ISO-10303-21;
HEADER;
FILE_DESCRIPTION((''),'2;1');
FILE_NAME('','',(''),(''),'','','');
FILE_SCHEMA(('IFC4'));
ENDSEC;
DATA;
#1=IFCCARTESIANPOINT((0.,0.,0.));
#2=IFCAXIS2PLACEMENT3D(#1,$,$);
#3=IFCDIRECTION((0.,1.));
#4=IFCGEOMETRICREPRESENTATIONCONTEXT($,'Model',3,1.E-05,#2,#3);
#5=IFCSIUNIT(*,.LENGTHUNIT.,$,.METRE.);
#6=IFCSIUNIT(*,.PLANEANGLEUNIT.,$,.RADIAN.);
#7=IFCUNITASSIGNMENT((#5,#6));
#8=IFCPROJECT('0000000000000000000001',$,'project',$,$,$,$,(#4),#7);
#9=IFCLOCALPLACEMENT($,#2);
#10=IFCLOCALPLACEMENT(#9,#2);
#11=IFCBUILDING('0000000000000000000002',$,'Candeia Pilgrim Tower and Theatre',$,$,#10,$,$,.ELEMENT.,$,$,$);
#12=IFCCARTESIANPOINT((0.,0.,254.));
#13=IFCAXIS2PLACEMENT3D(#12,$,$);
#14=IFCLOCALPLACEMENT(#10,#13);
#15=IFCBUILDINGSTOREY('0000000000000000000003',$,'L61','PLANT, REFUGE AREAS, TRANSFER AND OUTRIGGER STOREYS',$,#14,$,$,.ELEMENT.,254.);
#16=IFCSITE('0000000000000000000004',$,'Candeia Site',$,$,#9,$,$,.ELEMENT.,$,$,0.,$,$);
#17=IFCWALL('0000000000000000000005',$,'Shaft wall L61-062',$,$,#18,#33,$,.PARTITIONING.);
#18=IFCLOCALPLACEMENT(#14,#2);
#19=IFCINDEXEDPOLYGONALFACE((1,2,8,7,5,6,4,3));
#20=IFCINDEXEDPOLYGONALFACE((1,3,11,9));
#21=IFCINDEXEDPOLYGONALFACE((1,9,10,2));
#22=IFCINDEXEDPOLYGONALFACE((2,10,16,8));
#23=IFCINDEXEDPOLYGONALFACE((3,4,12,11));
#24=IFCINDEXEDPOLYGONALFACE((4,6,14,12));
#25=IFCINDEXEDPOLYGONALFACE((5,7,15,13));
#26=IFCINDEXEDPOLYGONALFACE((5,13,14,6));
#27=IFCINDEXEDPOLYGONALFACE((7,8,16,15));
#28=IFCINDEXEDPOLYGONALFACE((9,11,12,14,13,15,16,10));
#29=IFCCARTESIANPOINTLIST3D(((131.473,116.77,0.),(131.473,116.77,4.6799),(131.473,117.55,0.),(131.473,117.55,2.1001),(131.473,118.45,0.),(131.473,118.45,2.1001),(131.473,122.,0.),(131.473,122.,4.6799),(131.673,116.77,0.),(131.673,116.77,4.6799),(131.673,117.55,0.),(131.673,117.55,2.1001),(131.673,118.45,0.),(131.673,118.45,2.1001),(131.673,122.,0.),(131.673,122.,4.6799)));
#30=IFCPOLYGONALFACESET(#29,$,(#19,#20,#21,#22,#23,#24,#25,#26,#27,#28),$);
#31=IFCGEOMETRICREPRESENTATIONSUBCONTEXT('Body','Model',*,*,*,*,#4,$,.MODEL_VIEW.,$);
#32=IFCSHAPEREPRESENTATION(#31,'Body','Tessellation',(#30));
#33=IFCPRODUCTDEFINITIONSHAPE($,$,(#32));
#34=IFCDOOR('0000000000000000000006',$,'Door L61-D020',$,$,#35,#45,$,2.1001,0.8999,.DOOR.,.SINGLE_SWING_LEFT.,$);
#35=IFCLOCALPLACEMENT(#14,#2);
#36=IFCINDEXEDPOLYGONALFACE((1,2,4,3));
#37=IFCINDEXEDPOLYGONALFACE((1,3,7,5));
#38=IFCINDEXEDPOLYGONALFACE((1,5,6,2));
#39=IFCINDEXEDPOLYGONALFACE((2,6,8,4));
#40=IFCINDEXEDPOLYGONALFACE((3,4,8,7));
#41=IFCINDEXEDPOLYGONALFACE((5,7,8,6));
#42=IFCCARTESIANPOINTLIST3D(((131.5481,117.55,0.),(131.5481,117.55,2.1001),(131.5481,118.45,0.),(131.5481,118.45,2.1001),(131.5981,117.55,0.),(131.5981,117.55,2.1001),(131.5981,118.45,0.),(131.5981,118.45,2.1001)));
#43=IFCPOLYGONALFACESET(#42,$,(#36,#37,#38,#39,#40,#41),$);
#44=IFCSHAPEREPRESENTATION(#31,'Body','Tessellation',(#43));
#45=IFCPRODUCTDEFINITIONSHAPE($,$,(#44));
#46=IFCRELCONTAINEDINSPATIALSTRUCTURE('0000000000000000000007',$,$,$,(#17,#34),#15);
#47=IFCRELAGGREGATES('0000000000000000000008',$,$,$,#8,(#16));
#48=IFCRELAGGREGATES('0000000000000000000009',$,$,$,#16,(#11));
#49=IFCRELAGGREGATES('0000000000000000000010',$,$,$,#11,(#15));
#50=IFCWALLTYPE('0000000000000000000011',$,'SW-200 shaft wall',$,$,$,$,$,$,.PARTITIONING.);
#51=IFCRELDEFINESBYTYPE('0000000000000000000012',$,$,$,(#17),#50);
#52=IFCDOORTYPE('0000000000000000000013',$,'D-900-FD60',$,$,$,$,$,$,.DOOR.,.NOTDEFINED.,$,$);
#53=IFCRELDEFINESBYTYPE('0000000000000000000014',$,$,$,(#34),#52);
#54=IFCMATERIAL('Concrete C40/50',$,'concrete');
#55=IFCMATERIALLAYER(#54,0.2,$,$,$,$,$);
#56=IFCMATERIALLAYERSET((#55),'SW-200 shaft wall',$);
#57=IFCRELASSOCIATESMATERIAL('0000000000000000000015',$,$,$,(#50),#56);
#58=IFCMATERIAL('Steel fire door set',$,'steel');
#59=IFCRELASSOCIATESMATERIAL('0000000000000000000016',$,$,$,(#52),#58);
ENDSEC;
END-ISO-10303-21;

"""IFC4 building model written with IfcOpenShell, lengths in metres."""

from ifc_helpers import new_model, si_unit, direction, frame, frame_2d, origin, place, context, subcontext, project, spatial, rectangle, extrude, material, layer, layer_set, type_object, element, fill, save


model = new_model("IFC4")

# Units and contexts
model_context = context("Model", 3, precision=1e-05, world=origin(), true_north=direction((0.0, 1.0)))
body_context = subcontext(model_context, "Body", "Model", "MODEL_VIEW")
ifc_project = project(units=[si_unit("LENGTHUNIT", "METRE"), si_unit("PLANEANGLEUNIT", "RADIAN")], contexts=[model_context])

# Site, building, storey
site_placement = place(None, origin())
site = spatial("IfcSite", under=ifc_project, at=site_placement, Name="Candeia Site", CompositionType="ELEMENT", RefElevation=0.0)
building_placement = place(site_placement, origin())
building = spatial("IfcBuilding", under=site, at=building_placement, Name="Candeia Pilgrim Tower and Theatre", CompositionType="ELEMENT")
storey_placement = place(building_placement, frame((0.0, 0.0, 254.0)))
storey = spatial("IfcBuildingStorey", under=building, at=storey_placement, Name="L61", Description="PLANT, REFUGE AREAS, TRANSFER AND OUTRIGGER STOREYS", CompositionType="ELEMENT", Elevation=254.0)

# Shared definitions
ifc_material_1 = material(Name="Steel fire door set", Category="steel")

# Shared definitions
ifc_material_2 = material(Name="Concrete C40/50", Category="concrete")
ifc_layer_1 = layer(ifc_material_2, 0.2)
ifc_layer_set_1 = layer_set([ifc_layer_1], Name="SW-200 shaft wall")
wall_type_1 = type_object("IfcWallType", Name="SW-200 shaft wall", PredefinedType="PARTITIONING", material=ifc_layer_set_1)
door_type_1 = type_object("IfcDoorType", Name="D-900-FD60", OperationType="NOTDEFINED", PredefinedType="DOOR", material=ifc_material_1)

# Wall, opening, door
wall_1_placement = place(storey_placement, frame((131.573, 116.77, 0.0), z_axis=(0.0, 0.0, 1.0), x_axis=(0.0, 1.0, 0.0)))
wall_1 = element("IfcWall", 1, at=wall_1_placement, inside=storey, type_object=wall_type_1, Name="Shaft wall L61-062", PredefinedType="PARTITIONING", context=body_context, shape_type="SweptSolid", body=[
    extrude(rectangle(XDim=5.23, YDim=0.2, at=frame_2d((2.615, 0.0))), origin(), (0.0, 0.0, 1.0), 4.6799),
])
opening_1_placement = place(wall_1_placement, frame((0.78, 0.0, 0.0)))
opening_1 = element("IfcOpeningElement", 2, at=opening_1_placement, cuts=wall_1, PredefinedType="OPENING", context=body_context, shape_type="SweptSolid", body=[
    extrude(rectangle(XDim=0.8999, YDim=2.1001, at=frame_2d((0.45, 1.05))), frame((0.0, 0.1099, 0.0), z_axis=(0.0, -1.0, 0.0), x_axis=(1.0, 0.0, 0.0)), (0.0, 0.0, 1.0), 0.22),
])
door_1_placement = place(opening_1_placement, origin())
door_1 = element("IfcDoor", 3, at=door_1_placement, inside=storey, type_object=door_type_1, Name="Door L61-D020", OperationType="SINGLE_SWING_LEFT", OverallHeight=2.1001, OverallWidth=0.8999, PredefinedType="DOOR", context=body_context, shape_type="SweptSolid", body=[
    extrude(rectangle(XDim=0.8999, YDim=2.1001, at=frame_2d((0.45, 1.05))), frame((0.0, 0.0249, 0.0), z_axis=(0.0, -1.0, 0.0), x_axis=(1.0, 0.0, 0.0)), (0.0, 0.0, 1.0), 0.05),
])
fill(opening_1, door_1)

save(model, "model.ifc")
